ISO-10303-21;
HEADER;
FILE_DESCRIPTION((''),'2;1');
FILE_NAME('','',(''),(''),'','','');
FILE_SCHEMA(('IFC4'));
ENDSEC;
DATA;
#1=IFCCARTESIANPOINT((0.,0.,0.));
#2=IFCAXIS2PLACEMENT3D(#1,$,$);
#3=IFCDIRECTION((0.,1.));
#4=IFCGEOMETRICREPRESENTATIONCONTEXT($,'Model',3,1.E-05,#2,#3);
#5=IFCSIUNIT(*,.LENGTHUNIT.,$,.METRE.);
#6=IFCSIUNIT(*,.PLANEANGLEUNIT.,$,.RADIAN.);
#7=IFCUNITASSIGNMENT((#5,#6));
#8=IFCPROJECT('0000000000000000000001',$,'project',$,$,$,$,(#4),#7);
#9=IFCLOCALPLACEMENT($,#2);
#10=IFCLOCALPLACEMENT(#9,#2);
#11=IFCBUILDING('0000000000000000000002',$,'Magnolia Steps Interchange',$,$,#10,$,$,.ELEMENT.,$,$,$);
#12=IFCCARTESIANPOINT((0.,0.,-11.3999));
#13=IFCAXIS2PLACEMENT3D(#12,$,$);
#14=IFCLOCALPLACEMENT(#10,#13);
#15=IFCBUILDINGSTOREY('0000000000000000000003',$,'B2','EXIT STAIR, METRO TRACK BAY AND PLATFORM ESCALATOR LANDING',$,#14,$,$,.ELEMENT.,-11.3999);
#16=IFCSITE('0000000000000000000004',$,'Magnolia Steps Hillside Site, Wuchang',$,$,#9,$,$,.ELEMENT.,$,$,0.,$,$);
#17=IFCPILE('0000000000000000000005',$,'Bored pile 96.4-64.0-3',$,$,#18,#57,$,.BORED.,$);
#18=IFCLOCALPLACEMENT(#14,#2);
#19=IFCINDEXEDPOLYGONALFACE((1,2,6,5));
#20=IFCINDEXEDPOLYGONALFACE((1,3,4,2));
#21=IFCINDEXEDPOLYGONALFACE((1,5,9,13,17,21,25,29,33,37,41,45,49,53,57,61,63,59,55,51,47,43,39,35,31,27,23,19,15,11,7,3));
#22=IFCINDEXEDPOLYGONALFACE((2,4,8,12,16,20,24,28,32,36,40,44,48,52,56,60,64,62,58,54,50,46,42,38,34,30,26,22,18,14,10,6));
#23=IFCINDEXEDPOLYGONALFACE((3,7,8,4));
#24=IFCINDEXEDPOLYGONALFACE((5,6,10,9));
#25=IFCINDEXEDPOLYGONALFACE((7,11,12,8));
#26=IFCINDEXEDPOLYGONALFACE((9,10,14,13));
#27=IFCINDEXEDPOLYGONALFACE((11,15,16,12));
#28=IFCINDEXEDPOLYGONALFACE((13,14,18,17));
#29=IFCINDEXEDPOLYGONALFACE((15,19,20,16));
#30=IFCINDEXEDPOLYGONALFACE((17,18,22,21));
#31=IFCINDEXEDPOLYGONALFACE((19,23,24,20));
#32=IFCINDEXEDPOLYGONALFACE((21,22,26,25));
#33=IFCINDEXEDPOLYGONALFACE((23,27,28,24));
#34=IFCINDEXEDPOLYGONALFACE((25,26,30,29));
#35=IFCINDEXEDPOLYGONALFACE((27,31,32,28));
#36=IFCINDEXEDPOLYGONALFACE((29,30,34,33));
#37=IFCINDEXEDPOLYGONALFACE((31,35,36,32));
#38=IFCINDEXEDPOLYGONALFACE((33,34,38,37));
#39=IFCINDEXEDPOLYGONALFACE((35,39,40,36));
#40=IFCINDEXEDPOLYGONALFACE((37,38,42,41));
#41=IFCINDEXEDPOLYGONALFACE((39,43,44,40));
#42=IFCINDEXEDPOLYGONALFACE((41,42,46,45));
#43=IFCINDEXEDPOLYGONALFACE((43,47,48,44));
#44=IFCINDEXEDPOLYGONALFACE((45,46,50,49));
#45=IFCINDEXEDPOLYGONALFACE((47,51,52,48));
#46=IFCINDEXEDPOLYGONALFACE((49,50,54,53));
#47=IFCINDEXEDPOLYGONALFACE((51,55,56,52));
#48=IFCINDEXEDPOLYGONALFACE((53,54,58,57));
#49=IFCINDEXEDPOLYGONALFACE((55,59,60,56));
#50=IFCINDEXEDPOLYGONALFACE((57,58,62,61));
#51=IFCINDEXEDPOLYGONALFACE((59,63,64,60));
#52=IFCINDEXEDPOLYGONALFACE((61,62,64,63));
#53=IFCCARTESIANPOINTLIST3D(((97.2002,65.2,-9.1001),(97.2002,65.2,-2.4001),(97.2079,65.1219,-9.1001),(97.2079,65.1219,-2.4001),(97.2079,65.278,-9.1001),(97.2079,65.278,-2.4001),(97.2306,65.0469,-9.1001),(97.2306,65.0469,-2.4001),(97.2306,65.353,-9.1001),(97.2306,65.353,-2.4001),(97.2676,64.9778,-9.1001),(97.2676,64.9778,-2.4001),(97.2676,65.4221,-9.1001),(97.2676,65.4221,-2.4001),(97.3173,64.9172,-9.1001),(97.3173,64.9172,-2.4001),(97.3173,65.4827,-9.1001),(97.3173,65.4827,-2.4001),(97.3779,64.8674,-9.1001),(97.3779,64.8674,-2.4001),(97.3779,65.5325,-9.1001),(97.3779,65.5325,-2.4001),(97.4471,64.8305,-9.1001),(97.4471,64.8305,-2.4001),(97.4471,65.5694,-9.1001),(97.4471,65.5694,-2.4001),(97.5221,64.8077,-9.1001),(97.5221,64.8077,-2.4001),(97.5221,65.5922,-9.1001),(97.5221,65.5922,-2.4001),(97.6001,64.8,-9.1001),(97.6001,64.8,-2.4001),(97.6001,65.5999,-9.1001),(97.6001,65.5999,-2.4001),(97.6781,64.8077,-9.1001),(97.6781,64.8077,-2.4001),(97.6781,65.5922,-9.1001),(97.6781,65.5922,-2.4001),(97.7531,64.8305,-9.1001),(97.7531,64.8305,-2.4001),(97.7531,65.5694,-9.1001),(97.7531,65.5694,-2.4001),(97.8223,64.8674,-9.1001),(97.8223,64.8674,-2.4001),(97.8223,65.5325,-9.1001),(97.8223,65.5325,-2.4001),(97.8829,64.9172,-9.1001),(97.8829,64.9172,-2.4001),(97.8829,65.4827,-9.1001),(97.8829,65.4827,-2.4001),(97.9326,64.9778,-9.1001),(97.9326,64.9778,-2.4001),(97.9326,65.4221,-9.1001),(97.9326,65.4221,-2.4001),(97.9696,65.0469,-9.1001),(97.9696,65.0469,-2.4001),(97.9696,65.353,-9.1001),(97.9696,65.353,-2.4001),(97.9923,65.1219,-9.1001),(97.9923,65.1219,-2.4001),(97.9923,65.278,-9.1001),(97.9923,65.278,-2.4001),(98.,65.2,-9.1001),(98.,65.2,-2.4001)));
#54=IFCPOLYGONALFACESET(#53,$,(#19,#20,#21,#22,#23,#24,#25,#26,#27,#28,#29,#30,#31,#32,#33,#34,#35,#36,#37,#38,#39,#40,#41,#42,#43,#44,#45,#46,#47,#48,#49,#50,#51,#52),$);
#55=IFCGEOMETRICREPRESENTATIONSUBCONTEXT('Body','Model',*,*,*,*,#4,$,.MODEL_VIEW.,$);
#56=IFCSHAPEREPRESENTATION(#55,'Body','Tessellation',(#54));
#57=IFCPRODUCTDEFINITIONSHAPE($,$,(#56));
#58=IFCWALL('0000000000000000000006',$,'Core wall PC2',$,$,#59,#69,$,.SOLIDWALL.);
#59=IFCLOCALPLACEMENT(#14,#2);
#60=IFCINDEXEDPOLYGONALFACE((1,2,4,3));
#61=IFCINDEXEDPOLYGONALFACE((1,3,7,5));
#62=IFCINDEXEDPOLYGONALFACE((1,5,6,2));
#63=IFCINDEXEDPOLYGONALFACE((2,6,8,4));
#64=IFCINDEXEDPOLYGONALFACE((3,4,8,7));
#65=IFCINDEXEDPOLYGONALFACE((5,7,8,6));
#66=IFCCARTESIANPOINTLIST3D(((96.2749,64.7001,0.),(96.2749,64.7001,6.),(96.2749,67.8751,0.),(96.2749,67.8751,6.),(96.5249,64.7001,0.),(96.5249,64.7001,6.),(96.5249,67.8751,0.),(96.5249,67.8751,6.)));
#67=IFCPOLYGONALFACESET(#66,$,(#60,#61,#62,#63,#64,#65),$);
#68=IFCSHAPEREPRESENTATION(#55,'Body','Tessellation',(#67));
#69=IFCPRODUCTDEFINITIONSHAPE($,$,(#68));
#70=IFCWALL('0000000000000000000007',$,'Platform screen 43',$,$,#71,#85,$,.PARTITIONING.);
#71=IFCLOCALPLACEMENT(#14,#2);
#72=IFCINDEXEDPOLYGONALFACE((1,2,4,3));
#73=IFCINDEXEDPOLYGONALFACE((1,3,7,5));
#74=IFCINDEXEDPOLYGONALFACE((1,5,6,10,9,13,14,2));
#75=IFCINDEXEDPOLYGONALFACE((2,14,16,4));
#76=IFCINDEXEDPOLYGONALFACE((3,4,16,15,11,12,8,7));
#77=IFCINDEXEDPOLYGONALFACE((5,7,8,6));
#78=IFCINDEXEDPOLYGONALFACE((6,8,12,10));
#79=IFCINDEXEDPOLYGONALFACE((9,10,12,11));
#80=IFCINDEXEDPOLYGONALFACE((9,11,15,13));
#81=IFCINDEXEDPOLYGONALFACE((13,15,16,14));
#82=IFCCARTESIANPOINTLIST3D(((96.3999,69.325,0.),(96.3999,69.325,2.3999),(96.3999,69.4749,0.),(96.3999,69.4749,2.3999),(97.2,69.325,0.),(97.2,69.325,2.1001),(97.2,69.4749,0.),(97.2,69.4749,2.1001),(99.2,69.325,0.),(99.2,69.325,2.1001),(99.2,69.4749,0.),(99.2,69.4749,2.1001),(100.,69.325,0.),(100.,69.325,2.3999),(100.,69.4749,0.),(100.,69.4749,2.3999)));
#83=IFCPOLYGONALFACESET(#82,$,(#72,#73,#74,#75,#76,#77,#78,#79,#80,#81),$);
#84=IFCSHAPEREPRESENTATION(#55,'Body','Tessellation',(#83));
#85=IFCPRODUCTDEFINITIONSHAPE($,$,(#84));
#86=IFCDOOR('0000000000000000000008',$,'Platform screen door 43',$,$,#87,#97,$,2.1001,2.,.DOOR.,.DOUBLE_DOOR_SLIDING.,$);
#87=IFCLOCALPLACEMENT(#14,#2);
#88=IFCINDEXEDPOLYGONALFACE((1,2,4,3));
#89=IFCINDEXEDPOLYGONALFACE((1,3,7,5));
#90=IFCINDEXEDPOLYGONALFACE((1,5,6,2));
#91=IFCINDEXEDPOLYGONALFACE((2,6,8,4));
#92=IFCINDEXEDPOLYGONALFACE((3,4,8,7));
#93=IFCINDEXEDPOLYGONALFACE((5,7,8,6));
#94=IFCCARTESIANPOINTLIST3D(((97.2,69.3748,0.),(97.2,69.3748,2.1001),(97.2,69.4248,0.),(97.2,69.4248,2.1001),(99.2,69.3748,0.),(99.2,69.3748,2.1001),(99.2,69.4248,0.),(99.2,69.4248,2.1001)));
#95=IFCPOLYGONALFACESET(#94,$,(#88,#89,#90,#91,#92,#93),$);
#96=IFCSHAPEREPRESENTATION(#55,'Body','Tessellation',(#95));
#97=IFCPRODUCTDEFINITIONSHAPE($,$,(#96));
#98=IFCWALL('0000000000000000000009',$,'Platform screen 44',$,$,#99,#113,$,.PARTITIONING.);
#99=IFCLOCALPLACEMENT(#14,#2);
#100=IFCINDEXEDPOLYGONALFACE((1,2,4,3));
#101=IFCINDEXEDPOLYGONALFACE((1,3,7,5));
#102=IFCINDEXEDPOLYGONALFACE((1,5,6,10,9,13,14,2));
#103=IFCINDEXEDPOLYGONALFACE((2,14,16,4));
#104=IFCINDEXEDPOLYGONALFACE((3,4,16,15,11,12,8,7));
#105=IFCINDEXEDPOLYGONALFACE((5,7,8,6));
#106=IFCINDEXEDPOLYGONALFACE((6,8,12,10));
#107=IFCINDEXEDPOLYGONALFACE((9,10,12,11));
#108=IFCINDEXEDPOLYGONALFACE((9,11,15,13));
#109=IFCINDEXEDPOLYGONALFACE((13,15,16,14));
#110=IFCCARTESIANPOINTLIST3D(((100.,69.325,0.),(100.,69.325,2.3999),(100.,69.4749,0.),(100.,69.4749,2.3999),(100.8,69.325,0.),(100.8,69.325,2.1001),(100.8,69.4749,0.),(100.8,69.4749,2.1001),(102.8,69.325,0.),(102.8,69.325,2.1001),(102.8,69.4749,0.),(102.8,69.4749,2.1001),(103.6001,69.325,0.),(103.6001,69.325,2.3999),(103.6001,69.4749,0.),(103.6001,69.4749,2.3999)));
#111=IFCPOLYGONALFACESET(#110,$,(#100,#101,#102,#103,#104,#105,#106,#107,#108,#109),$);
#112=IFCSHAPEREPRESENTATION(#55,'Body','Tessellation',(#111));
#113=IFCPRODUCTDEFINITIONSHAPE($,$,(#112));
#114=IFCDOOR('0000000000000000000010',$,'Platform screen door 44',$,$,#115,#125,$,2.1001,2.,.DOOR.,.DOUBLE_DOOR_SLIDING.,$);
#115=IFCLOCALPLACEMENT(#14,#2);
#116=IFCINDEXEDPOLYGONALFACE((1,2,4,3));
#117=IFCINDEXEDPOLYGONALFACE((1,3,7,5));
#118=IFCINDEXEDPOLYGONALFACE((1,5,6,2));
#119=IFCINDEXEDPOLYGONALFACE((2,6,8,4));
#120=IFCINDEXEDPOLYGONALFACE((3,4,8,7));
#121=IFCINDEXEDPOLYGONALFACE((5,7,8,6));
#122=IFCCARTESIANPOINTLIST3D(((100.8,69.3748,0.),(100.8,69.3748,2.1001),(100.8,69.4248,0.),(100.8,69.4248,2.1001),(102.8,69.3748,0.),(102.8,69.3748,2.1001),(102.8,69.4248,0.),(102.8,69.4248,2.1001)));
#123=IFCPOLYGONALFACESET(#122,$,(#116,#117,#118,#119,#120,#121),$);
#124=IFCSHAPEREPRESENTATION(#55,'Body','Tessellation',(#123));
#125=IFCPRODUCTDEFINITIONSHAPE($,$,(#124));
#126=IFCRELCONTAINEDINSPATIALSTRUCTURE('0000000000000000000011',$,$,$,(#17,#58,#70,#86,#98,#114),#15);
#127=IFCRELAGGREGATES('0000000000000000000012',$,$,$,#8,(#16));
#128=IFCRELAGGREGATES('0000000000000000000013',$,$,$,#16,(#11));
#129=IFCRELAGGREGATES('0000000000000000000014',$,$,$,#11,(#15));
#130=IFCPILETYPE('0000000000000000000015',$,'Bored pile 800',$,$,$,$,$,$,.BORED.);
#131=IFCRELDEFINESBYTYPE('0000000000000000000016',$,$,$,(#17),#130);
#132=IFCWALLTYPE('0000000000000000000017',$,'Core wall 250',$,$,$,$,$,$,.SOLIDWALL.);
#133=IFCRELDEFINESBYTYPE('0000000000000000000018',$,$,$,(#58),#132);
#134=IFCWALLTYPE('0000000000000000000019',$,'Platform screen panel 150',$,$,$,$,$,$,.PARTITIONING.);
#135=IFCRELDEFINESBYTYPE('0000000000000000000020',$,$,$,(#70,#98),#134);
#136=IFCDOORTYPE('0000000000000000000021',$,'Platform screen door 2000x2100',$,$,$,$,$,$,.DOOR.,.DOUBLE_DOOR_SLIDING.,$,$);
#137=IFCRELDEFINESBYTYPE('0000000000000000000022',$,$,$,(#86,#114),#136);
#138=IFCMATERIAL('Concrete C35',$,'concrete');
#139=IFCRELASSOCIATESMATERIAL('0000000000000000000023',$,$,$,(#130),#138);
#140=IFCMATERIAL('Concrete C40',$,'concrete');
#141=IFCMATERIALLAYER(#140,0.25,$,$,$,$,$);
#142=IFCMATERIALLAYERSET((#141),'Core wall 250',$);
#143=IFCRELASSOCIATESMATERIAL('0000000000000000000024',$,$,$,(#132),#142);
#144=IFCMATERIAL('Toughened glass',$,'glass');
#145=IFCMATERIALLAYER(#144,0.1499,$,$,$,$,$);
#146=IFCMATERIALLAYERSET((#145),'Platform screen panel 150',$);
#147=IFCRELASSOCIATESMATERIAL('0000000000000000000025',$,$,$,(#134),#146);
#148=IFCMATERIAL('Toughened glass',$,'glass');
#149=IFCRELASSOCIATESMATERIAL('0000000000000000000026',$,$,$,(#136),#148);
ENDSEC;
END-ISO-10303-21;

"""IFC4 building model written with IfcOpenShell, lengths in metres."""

from ifc_helpers import new_model, si_unit, direction, frame, frame_2d, origin, origin_2d, place, context, subcontext, project, spatial, rectangle, circle, extrude, material, layer, layer_set, material_profile, profile_set, type_object, element, fill, save


model = new_model("IFC4")

# Units and contexts
model_context = context("Model", 3, precision=1e-05, world=origin(), true_north=direction((0.0, 1.0)))
body_context = subcontext(model_context, "Body", "Model", "MODEL_VIEW")
ifc_project = project(units=[si_unit("LENGTHUNIT", "METRE"), si_unit("PLANEANGLEUNIT", "RADIAN")], contexts=[model_context])

# Site, building, storey
site_placement = place(None, origin())
site = spatial("IfcSite", under=ifc_project, at=site_placement, Name="Magnolia Steps Hillside Site, Wuchang", CompositionType="ELEMENT", RefElevation=0.0)
building_placement = place(site_placement, origin())
building = spatial("IfcBuilding", under=site, at=building_placement, Name="Magnolia Steps Interchange", CompositionType="ELEMENT")
storey_placement = place(building_placement, frame((0.0, 0.0, -11.3999)))
storey = spatial("IfcBuildingStorey", under=building, at=storey_placement, Name="B2", Description="EXIT STAIR, METRO TRACK BAY AND PLATFORM ESCALATOR LANDING", CompositionType="ELEMENT", Elevation=-11.3999)

# Pile
ifc_material_1 = material(Name="Concrete C35", Category="concrete")
ifc_material_profile_1 = material_profile(ifc_material_1, circle(Radius=0.3999, at=origin_2d()), Name="Bored pile 800")
ifc_profile_set_1 = profile_set([ifc_material_profile_1], Name="Concrete C35")
pile_type_1 = type_object("IfcPileType", Name="Bored pile 800", PredefinedType="BORED", material=ifc_profile_set_1)
pile_placement = place(storey_placement, frame((97.6001, 65.2, -2.4001), z_axis=(0.0, 0.0, -1.0), x_axis=(1.0, 0.0, 0.0)))
element("IfcPile", 1, at=pile_placement, inside=storey, type_object=pile_type_1, Name="Bored pile 96.4-64.0-3", PredefinedType="BORED", context=body_context, shape_type="SweptSolid", body=[
    extrude(circle(Radius=0.3999, at=origin_2d()), origin(), (0.0, 0.0, 1.0), 6.7),
])

# Wall
ifc_material_2 = material(Name="Concrete C40", Category="concrete")
ifc_layer_1 = layer(ifc_material_2, 0.25)
ifc_layer_set_1 = layer_set([ifc_layer_1], Name="Core wall 250")
wall_type_1 = type_object("IfcWallType", Name="Core wall 250", PredefinedType="SOLIDWALL", material=ifc_layer_set_1)
wall_1_placement = place(storey_placement, frame((96.3999, 67.875, 0.0), z_axis=(0.0, 0.0, 1.0), x_axis=(0.0, -1.0, 0.0)))
element("IfcWall", 2, at=wall_1_placement, inside=storey, type_object=wall_type_1, Name="Core wall PC2", PredefinedType="SOLIDWALL", context=body_context, shape_type="SweptSolid", body=[
    extrude(rectangle(XDim=3.175, YDim=0.25, at=frame_2d((1.5874, 0.0))), origin(), (0.0, 0.0, 1.0), 6.0),
])

# Walls, openings, doors
ifc_material_3 = material(Name="Toughened glass", Category="glass")
ifc_layer_2 = layer(ifc_material_3, 0.1499)
ifc_layer_set_2 = layer_set([ifc_layer_2], Name="Platform screen panel 150")
wall_type_2 = type_object("IfcWallType", Name="Platform screen panel 150", PredefinedType="PARTITIONING", material=ifc_layer_set_2)
wall_2_placement = place(storey_placement, frame((96.3999, 69.3999, 0.0), z_axis=(0.0, 0.0, 1.0), x_axis=(1.0, 0.0, 0.0)))
wall_2 = element("IfcWall", 3, at=wall_2_placement, inside=storey, type_object=wall_type_2, Name="Platform screen 43", PredefinedType="PARTITIONING", context=body_context, shape_type="SweptSolid", body=[
    extrude(rectangle(XDim=3.6001, YDim=0.1499, at=frame_2d((1.8, 0.0))), origin(), (0.0, 0.0, 1.0), 2.3999),
])
opening_1_placement = place(wall_2_placement, frame((0.8, 0.0, 0.0)))
opening_1 = element("IfcOpeningElement", 4, at=opening_1_placement, cuts=wall_2, PredefinedType="OPENING", context=body_context, shape_type="SweptSolid", body=[
    extrude(rectangle(XDim=2.0, YDim=2.1001, at=frame_2d((1.0, 1.05))), frame((0.0, 0.085, 0.0), z_axis=(0.0, -1.0, 0.0), x_axis=(1.0, 0.0, 0.0)), (0.0, 0.0, 1.0), 0.1699),
])
ifc_material_4 = material(Name="Toughened glass", Category="glass")
door_type = type_object("IfcDoorType", Name="Platform screen door 2000x2100", OperationType="DOUBLE_DOOR_SLIDING", PredefinedType="DOOR", material=ifc_material_4)
door_1_placement = place(opening_1_placement, origin())
door_1 = element("IfcDoor", 5, at=door_1_placement, inside=storey, type_object=door_type, Name="Platform screen door 43", OperationType="DOUBLE_DOOR_SLIDING", OverallHeight=2.1001, OverallWidth=2.0, PredefinedType="DOOR", context=body_context, shape_type="SweptSolid", body=[
    extrude(rectangle(XDim=2.0, YDim=2.1001, at=frame_2d((1.0, 1.05))), frame((0.0, 0.0249, 0.0), z_axis=(0.0, -1.0, 0.0), x_axis=(1.0, 0.0, 0.0)), (0.0, 0.0, 1.0), 0.05),
])
fill(opening_1, door_1)
wall_3_placement = place(storey_placement, frame((100.0, 69.3999, 0.0), z_axis=(0.0, 0.0, 1.0), x_axis=(1.0, 0.0, 0.0)))
wall_3 = element("IfcWall", 6, at=wall_3_placement, inside=storey, type_object=wall_type_2, Name="Platform screen 44", PredefinedType="PARTITIONING", context=body_context, shape_type="SweptSolid", body=[
    extrude(rectangle(XDim=3.6001, YDim=0.1499, at=frame_2d((1.8, 0.0))), origin(), (0.0, 0.0, 1.0), 2.3999),
])
opening_2_placement = place(wall_3_placement, frame((0.8, 0.0, 0.0)))
opening_2 = element("IfcOpeningElement", 7, at=opening_2_placement, cuts=wall_3, PredefinedType="OPENING", context=body_context, shape_type="SweptSolid", body=[
    extrude(rectangle(XDim=2.0, YDim=2.1001, at=frame_2d((1.0, 1.05))), frame((0.0, 0.085, 0.0), z_axis=(0.0, -1.0, 0.0), x_axis=(1.0, 0.0, 0.0)), (0.0, 0.0, 1.0), 0.1699),
])
door_2_placement = place(opening_2_placement, origin())
door_2 = element("IfcDoor", 8, at=door_2_placement, inside=storey, type_object=door_type, Name="Platform screen door 44", OperationType="DOUBLE_DOOR_SLIDING", OverallHeight=2.1001, OverallWidth=2.0, PredefinedType="DOOR", context=body_context, shape_type="SweptSolid", body=[
    extrude(rectangle(XDim=2.0, YDim=2.1001, at=frame_2d((1.0, 1.05))), frame((0.0, 0.0249, 0.0), z_axis=(0.0, -1.0, 0.0), x_axis=(1.0, 0.0, 0.0)), (0.0, 0.0, 1.0), 0.05),
])
fill(opening_2, door_2)

save(model, "model.ifc")
